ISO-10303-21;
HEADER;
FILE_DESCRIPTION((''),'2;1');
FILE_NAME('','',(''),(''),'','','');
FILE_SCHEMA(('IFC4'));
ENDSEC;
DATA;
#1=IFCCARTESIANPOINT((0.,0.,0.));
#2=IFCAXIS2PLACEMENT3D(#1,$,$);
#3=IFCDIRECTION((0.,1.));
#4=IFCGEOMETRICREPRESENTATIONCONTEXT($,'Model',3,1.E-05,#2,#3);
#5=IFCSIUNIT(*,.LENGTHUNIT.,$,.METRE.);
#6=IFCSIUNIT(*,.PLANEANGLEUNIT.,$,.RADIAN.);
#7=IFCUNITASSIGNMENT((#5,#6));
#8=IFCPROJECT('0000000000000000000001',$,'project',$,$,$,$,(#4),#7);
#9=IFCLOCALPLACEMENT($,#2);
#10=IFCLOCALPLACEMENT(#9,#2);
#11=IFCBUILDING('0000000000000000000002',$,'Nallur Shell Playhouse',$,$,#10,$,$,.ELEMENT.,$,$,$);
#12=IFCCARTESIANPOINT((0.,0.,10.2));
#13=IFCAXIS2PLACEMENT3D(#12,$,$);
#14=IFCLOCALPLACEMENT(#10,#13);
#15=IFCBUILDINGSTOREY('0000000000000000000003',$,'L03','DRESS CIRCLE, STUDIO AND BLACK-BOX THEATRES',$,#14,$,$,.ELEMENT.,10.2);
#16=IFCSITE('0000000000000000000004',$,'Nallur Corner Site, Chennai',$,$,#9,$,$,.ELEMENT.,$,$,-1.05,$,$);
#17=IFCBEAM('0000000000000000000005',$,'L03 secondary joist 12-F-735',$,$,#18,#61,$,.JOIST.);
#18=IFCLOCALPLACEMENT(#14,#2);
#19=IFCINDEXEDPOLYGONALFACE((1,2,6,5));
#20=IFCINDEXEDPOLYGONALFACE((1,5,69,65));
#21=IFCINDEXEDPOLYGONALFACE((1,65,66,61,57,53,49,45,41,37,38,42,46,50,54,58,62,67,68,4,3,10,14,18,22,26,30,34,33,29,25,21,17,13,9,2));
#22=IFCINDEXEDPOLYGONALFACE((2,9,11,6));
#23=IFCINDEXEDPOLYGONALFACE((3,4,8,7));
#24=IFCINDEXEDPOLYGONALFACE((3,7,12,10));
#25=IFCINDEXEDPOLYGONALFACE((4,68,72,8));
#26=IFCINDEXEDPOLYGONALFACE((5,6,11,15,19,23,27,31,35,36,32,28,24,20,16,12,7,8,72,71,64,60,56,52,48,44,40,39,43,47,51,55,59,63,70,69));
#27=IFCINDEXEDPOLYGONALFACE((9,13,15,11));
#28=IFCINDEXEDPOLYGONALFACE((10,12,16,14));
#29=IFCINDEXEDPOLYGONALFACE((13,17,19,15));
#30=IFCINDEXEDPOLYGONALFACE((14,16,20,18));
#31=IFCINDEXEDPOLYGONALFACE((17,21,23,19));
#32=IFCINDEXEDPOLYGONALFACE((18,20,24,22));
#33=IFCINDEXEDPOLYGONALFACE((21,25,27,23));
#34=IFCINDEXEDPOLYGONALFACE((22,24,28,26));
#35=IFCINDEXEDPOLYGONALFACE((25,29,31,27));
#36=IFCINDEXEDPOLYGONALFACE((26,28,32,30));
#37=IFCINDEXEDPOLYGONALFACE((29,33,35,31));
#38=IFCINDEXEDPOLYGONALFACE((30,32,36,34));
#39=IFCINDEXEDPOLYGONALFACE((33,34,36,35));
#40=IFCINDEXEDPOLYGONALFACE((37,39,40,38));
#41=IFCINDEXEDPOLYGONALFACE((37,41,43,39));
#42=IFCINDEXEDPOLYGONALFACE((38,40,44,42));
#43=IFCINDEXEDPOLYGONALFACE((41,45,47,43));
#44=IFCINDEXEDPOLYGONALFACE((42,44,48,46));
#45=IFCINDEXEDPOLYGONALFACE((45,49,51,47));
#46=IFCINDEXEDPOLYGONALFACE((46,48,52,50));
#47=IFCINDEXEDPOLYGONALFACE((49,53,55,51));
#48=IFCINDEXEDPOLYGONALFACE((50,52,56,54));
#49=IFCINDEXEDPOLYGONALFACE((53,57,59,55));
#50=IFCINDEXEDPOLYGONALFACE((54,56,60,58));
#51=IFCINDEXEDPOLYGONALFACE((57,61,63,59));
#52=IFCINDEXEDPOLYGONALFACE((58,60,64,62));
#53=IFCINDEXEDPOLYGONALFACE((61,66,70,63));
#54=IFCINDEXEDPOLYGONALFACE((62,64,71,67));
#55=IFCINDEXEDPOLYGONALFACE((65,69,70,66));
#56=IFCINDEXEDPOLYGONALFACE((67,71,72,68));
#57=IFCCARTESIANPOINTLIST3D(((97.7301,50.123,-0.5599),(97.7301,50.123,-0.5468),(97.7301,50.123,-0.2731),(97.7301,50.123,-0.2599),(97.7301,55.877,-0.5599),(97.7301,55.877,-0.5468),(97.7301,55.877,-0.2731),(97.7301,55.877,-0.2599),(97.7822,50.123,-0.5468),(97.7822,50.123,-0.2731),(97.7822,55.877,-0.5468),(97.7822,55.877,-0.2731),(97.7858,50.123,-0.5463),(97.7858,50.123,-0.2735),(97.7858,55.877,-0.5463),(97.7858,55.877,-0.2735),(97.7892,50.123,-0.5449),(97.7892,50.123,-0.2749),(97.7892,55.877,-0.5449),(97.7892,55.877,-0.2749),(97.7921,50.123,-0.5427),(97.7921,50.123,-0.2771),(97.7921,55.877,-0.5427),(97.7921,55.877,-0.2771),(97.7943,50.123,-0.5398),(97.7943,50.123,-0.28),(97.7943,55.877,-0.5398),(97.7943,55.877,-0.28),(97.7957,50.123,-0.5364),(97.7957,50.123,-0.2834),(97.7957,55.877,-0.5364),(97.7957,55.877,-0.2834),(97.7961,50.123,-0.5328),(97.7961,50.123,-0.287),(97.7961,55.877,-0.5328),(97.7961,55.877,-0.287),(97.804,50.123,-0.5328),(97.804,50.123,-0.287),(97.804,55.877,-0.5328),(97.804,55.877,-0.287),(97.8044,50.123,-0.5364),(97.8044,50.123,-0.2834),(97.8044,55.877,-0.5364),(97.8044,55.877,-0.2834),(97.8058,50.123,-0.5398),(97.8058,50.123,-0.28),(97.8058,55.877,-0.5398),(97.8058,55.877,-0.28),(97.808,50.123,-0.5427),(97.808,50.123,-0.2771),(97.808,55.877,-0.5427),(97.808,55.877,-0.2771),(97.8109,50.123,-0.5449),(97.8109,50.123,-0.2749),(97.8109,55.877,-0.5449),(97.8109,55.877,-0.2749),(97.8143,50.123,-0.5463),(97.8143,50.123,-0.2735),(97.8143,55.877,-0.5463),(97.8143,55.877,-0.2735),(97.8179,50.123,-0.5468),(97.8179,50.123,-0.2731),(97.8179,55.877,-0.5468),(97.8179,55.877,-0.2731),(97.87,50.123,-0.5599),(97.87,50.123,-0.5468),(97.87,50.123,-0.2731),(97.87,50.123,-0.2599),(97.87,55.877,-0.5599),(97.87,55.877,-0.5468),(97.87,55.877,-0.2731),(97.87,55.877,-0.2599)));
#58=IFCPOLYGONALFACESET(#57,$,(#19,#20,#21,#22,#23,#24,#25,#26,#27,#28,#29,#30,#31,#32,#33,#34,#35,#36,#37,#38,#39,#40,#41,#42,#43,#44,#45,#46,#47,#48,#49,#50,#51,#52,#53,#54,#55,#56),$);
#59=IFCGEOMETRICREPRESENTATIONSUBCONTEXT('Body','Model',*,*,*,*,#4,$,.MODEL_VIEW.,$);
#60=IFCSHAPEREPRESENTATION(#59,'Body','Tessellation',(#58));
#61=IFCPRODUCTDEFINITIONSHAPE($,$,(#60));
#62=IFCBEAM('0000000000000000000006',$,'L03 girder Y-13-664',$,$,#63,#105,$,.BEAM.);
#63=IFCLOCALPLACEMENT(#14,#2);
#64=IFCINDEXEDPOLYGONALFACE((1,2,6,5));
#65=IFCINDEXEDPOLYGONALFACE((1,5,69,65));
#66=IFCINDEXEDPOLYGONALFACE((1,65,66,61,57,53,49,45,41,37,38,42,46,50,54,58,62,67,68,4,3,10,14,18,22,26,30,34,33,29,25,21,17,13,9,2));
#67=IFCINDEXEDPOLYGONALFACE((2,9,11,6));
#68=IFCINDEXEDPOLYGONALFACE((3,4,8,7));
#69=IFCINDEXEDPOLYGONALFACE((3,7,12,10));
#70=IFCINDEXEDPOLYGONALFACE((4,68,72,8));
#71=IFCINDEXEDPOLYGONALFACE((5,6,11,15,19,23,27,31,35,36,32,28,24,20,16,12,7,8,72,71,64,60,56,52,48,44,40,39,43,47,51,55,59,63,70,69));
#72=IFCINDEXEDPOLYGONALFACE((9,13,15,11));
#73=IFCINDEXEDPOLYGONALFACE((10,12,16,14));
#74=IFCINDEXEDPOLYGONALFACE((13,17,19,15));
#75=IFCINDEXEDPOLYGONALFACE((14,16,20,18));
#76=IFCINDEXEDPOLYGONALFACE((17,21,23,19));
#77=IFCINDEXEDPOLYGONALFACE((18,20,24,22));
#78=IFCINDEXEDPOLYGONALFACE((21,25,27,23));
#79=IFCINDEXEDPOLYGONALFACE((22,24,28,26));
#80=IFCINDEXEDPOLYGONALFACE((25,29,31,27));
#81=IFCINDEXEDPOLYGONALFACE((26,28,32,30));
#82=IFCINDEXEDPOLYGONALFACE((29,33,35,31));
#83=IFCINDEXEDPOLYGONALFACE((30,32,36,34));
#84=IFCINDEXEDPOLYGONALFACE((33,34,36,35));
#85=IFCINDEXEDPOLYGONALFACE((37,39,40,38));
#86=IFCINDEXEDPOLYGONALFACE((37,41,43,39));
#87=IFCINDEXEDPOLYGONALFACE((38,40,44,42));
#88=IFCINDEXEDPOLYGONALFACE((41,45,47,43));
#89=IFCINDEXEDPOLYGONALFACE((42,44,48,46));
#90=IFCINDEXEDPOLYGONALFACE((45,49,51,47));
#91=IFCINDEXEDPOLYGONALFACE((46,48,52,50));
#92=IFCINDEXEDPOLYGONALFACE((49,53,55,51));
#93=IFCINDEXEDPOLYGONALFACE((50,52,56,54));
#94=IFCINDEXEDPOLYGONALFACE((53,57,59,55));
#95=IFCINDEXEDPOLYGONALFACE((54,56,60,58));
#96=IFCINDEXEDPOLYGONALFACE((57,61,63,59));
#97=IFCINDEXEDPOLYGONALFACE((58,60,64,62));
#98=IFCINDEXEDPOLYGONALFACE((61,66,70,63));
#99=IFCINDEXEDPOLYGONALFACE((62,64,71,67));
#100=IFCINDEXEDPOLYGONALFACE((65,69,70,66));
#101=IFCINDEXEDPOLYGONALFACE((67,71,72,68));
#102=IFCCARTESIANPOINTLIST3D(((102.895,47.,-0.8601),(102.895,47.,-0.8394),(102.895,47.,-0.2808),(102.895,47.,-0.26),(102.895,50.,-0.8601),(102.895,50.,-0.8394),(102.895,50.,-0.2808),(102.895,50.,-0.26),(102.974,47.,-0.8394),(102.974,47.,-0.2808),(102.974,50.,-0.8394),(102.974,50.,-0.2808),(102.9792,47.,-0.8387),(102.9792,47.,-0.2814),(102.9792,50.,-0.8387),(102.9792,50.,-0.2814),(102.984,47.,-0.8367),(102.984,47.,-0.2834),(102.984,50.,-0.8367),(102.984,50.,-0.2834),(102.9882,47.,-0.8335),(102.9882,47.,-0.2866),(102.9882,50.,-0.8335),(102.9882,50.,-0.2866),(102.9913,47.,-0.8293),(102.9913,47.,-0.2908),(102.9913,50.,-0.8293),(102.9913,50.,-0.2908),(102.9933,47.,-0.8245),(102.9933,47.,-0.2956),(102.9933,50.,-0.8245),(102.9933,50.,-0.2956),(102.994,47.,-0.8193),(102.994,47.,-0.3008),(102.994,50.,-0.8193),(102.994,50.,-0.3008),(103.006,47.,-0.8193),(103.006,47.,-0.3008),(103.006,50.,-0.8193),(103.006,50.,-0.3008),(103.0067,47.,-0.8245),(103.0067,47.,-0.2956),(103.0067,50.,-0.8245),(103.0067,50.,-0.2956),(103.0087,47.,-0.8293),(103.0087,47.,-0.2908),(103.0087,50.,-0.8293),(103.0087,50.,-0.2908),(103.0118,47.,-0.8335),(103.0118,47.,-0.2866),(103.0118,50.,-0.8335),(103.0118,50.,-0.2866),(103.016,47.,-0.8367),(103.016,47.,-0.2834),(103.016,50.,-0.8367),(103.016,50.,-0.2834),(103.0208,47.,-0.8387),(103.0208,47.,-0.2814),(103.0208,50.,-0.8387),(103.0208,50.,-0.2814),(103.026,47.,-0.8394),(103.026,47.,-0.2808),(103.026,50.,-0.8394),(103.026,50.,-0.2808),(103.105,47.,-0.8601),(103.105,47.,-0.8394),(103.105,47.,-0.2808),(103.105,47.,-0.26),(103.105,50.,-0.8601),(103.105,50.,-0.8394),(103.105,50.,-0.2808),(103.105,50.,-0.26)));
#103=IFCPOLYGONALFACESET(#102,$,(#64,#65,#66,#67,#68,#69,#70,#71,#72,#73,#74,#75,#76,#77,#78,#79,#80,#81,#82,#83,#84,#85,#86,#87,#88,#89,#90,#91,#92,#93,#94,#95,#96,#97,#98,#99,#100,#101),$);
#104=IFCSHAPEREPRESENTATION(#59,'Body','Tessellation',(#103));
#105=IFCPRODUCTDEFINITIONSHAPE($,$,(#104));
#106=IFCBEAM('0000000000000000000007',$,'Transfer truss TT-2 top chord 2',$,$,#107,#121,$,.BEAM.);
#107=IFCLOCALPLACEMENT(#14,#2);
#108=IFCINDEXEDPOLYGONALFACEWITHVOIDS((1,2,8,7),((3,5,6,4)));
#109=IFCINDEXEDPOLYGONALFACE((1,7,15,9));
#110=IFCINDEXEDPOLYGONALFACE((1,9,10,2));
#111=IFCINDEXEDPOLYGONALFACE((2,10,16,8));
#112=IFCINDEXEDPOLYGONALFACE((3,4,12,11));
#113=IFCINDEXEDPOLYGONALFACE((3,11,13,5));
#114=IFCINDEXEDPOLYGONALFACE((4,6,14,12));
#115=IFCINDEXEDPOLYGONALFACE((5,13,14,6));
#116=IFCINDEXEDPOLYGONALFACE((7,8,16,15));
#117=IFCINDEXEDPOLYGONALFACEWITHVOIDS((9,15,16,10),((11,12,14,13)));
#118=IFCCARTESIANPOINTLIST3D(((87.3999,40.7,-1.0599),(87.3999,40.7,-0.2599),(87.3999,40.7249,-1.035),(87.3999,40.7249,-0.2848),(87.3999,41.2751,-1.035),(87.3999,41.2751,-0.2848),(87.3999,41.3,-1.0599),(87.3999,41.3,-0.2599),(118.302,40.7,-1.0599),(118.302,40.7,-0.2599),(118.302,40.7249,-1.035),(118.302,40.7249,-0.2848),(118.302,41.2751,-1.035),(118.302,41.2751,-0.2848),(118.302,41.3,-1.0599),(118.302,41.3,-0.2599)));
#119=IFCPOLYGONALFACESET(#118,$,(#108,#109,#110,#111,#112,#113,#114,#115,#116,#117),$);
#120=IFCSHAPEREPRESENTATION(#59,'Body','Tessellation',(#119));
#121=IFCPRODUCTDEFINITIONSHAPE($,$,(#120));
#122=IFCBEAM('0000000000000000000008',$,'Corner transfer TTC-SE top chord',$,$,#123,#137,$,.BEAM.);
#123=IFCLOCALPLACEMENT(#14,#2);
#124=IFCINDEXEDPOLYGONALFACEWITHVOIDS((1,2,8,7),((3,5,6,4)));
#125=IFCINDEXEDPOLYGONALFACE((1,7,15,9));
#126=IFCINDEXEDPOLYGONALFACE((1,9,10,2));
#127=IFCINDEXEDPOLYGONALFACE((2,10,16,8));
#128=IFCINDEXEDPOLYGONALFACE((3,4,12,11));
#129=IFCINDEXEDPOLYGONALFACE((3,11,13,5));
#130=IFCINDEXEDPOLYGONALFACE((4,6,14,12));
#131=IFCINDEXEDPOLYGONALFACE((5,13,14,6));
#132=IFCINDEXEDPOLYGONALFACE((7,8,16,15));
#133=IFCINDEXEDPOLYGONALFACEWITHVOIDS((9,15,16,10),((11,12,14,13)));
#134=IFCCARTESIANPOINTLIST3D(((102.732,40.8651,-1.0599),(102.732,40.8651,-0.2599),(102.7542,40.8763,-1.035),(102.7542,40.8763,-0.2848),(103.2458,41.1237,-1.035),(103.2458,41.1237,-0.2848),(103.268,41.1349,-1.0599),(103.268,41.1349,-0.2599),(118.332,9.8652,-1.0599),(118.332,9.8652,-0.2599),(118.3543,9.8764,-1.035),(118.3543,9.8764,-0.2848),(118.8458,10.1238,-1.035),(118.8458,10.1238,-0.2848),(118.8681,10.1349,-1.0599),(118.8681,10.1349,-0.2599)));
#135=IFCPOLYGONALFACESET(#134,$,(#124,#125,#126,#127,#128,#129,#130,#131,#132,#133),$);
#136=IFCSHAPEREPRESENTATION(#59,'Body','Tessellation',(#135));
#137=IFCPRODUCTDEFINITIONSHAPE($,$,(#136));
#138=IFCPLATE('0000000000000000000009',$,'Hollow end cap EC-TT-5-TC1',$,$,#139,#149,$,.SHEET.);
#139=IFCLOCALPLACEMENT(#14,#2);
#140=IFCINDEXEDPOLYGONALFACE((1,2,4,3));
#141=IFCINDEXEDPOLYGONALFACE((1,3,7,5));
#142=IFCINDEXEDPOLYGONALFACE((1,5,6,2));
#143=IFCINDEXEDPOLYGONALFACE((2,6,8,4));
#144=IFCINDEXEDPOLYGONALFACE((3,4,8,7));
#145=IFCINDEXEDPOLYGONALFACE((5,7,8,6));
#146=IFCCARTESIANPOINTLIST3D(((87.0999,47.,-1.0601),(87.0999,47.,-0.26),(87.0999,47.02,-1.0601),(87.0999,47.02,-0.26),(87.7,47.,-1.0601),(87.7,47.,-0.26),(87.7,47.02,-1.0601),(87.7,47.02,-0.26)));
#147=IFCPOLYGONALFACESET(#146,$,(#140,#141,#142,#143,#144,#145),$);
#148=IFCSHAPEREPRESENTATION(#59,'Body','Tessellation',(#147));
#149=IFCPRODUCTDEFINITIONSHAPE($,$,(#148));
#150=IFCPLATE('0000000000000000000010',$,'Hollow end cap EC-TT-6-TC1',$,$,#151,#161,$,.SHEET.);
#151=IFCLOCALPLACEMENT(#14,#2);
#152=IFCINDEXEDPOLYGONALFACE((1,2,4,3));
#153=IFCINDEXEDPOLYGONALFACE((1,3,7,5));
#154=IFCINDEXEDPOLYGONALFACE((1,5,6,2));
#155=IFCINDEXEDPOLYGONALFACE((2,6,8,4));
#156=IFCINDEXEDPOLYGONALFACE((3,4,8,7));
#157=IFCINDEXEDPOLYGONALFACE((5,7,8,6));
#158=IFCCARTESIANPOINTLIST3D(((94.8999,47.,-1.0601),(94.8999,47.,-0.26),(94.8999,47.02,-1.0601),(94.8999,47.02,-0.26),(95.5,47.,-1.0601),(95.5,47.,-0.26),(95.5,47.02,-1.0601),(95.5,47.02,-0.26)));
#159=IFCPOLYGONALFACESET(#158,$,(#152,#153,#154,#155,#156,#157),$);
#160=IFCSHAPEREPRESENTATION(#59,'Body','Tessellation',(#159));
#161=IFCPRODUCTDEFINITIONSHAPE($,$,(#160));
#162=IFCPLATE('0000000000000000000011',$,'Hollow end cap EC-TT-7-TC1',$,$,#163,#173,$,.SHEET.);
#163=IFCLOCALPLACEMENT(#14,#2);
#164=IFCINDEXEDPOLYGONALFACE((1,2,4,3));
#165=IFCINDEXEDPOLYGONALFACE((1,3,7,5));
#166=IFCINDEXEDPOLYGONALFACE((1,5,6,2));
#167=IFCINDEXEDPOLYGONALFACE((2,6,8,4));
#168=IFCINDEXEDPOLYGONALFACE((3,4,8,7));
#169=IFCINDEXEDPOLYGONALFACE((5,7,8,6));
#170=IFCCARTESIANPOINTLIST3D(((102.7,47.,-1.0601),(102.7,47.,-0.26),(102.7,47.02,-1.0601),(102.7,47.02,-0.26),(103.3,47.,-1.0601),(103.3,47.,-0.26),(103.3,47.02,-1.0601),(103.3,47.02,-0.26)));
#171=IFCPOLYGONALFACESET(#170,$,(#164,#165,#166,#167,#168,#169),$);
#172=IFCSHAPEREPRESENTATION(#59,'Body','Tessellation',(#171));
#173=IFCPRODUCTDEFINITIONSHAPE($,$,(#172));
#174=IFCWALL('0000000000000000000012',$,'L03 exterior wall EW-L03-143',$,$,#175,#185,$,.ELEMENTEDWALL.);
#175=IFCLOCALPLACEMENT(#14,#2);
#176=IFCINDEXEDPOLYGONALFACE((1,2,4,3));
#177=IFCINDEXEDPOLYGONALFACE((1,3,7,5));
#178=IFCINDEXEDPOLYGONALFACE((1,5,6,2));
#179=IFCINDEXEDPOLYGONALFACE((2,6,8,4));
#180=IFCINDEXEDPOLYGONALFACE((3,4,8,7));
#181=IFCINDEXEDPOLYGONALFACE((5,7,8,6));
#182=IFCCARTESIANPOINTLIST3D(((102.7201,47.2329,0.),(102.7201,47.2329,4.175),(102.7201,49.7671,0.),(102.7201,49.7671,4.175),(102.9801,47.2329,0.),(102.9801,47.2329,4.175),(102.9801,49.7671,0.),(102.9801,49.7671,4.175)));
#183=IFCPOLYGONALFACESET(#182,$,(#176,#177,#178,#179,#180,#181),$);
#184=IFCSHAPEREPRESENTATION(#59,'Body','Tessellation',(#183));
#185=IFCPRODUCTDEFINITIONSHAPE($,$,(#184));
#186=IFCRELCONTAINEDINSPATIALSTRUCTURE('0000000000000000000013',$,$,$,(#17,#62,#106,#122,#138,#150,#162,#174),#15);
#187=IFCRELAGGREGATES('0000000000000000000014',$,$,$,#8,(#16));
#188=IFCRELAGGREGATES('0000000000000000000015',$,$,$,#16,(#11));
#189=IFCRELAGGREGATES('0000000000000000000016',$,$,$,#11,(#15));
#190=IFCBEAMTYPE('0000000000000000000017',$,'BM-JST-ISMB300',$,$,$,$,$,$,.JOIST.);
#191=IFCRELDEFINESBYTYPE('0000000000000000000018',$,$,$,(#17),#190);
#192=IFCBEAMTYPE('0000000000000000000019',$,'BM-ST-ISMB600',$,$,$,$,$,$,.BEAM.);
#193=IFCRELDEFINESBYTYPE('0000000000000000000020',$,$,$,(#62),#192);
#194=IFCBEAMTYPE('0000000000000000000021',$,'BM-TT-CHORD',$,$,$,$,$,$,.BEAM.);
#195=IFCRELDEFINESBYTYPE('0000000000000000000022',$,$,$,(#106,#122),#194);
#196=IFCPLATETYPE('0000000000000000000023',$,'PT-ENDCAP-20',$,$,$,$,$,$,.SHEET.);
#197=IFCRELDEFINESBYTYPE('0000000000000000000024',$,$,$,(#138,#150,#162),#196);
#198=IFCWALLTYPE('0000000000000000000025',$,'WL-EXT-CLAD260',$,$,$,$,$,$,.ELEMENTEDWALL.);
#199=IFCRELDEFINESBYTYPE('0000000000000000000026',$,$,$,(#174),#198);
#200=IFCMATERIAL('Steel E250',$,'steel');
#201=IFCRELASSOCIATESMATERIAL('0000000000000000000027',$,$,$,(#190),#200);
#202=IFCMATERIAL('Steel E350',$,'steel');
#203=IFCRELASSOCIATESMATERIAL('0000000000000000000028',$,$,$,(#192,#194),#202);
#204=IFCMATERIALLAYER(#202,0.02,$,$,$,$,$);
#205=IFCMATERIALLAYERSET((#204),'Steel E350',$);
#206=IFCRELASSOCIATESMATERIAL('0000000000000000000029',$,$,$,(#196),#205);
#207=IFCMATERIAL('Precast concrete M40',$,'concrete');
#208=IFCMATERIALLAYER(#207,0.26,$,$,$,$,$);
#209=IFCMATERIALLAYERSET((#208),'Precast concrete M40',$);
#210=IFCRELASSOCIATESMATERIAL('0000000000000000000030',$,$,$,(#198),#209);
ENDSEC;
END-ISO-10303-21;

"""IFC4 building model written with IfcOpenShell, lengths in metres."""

from ifc_helpers import new_model, si_unit, direction, frame, frame_2d, origin, origin_2d, place, context, subcontext, project, spatial, rectangle, hollow_rectangle, i_section, extrude, material, layer, layer_set, material_profile, profile_set, type_object, element, save


model = new_model("IFC4")

# Units and contexts
model_context = context("Model", 3, precision=1e-05, world=origin(), true_north=direction((0.0, 1.0)))
body_context = subcontext(model_context, "Body", "Model", "MODEL_VIEW")
ifc_project = project(units=[si_unit("LENGTHUNIT", "METRE"), si_unit("PLANEANGLEUNIT", "RADIAN")], contexts=[model_context])

# Site, building, storey
site_placement = place(None, origin())
site = spatial("IfcSite", under=ifc_project, at=site_placement, Name="Nallur Corner Site, Chennai", CompositionType="ELEMENT", RefElevation=-1.05)
building_placement = place(site_placement, origin())
building = spatial("IfcBuilding", under=site, at=building_placement, Name="Nallur Shell Playhouse", CompositionType="ELEMENT")
storey_placement = place(building_placement, frame((0.0, 0.0, 10.2)))
storey = spatial("IfcBuildingStorey", under=building, at=storey_placement, Name="L03", Description="DRESS CIRCLE, STUDIO AND BLACK-BOX THEATRES", CompositionType="ELEMENT", Elevation=10.2)

# Shared definitions
ifc_material_1 = material(Name="Steel E350", Category="steel")

# Beams
ifc_material_2 = material(Name="Steel E250", Category="steel")
ifc_material_profile_1 = material_profile(ifc_material_2, i_section(OverallWidth=0.1399, OverallDepth=0.3, WebThickness=0.0078, FlangeThickness=0.0132, FilletRadius=0.0139, at=origin_2d()), Name="ISMB 300")
ifc_profile_set_1 = profile_set([ifc_material_profile_1], Name="Steel E250")
beam_type_1 = type_object("IfcBeamType", Name="BM-JST-ISMB300", PredefinedType="JOIST", material=ifc_profile_set_1)
beam_1_placement = place(storey_placement, frame((97.8, 50.123, -0.4099), z_axis=(0.0, 1.0, 0.0), x_axis=(-1.0, 0.0, 0.0)))
element("IfcBeam", 1, at=beam_1_placement, inside=storey, type_object=beam_type_1, Name="L03 secondary joist 12-F-735", PredefinedType="JOIST", context=body_context, shape_type="SweptSolid", body=[
    extrude(i_section(OverallWidth=0.1399, OverallDepth=0.3, WebThickness=0.0078, FlangeThickness=0.0132, FilletRadius=0.0139, at=origin_2d()), origin(), (0.0, 0.0, 1.0), 5.7539),
])
ifc_material_profile_2 = material_profile(ifc_material_1, i_section(OverallWidth=0.21, OverallDepth=0.6001, WebThickness=0.012, FlangeThickness=0.0208, FilletRadius=0.02, at=origin_2d()), Name="ISMB 600")
ifc_profile_set_2 = profile_set([ifc_material_profile_2], Name="Steel E350")
beam_type_2 = type_object("IfcBeamType", Name="BM-ST-ISMB600", PredefinedType="BEAM", material=ifc_profile_set_2)
beam_2_placement = place(storey_placement, frame((103.0, 47.0, -0.5601), z_axis=(0.0, 1.0, 0.0), x_axis=(-1.0, 0.0, 0.0)))
element("IfcBeam", 2, at=beam_2_placement, inside=storey, type_object=beam_type_2, Name="L03 girder Y-13-664", PredefinedType="BEAM", context=body_context, shape_type="SweptSolid", body=[
    extrude(i_section(OverallWidth=0.21, OverallDepth=0.6001, WebThickness=0.012, FlangeThickness=0.0208, FilletRadius=0.02, at=origin_2d()), origin(), (0.0, 0.0, 1.0), 3.0),
])
ifc_material_profile_3 = material_profile(ifc_material_1, hollow_rectangle(XDim=0.6001, YDim=0.8, WallThickness=0.0249, at=origin_2d()), Name="BOX 600x800x25")
ifc_profile_set_3 = profile_set([ifc_material_profile_3], Name="Steel E350")
beam_type_3 = type_object("IfcBeamType", Name="BM-TT-CHORD", PredefinedType="BEAM", material=ifc_profile_set_3)
beam_3_placement = place(storey_placement, frame((87.3999, 41.0, -0.6599), z_axis=(1.0, 0.0, 0.0), x_axis=(0.0, 1.0, 0.0)))
element("IfcBeam", 3, at=beam_3_placement, inside=storey, type_object=beam_type_3, Name="Transfer truss TT-2 top chord 2", PredefinedType="BEAM", context=body_context, shape_type="SweptSolid", body=[
    extrude(hollow_rectangle(XDim=0.6001, YDim=0.8, WallThickness=0.0249, at=origin_2d()), origin(), (0.0, 0.0, 1.0), 30.9021),
])
beam_4_placement = place(storey_placement, frame((103.0, 41.0, -0.6599), z_axis=(0.44952, -0.89327, 0.0), x_axis=(0.89327, 0.44952, 0.0)))
element("IfcBeam", 4, at=beam_4_placement, inside=storey, type_object=beam_type_3, Name="Corner transfer TTC-SE top chord", PredefinedType="BEAM", context=body_context, shape_type="SweptSolid", body=[
    extrude(hollow_rectangle(XDim=0.6001, YDim=0.8, WallThickness=0.0249, at=origin_2d()), origin(), (0.0, 0.0, 1.0), 34.7039),
])

# Plates
ifc_layer_1 = layer(ifc_material_1, 0.02)
ifc_layer_set_1 = layer_set([ifc_layer_1], Name="Steel E350")
plate_type = type_object("IfcPlateType", Name="PT-ENDCAP-20", PredefinedType="SHEET", material=ifc_layer_set_1)
for number, where, z_axis, x_axis, name in (
    (5, (87.3999, 47.01, -1.0601), (0.0, 0.0, 1.0), (1.0, 0.0, 0.0), "Hollow end cap EC-TT-5-TC1"),
    (6, (95.2, 47.01, -1.0601), (0.0, 0.0, 1.0), (1.0, 0.0, 0.0), "Hollow end cap EC-TT-6-TC1"),
    (7, (103.0, 47.01, -1.0601), (0.0, 0.0, 1.0), (1.0, 0.0, 0.0), "Hollow end cap EC-TT-7-TC1"),
):
    element("IfcPlate", number, at=place(storey_placement, frame(where, z_axis=z_axis, x_axis=x_axis)), inside=storey, type_object=plate_type, Name=name, PredefinedType="SHEET", context=body_context, shape_type="SweptSolid", body=[
        extrude(rectangle(XDim=0.6001, YDim=0.02, at=origin_2d()), origin(), (0.0, 0.0, 1.0), 0.8),
    ])

# Wall
ifc_material_3 = material(Name="Precast concrete M40", Category="concrete")
ifc_layer_2 = layer(ifc_material_3, 0.26)
ifc_layer_set_2 = layer_set([ifc_layer_2], Name="Precast concrete M40")
wall_type_1 = type_object("IfcWallType", Name="WL-EXT-CLAD260", PredefinedType="ELEMENTEDWALL", material=ifc_layer_set_2)
wall_1_placement = place(storey_placement, frame((102.8501, 49.7671, 0.0), z_axis=(0.0, 0.0, 1.0), x_axis=(0.0, -1.0, 0.0)))
element("IfcWall", 8, at=wall_1_placement, inside=storey, type_object=wall_type_1, Name="L03 exterior wall EW-L03-143", PredefinedType="ELEMENTEDWALL", context=body_context, shape_type="SweptSolid", body=[
    extrude(rectangle(XDim=2.5342, YDim=0.26, at=frame_2d((1.2671, 0.0))), origin(), (0.0, 0.0, 1.0), 4.175),
])

save(model, "model.ifc")
